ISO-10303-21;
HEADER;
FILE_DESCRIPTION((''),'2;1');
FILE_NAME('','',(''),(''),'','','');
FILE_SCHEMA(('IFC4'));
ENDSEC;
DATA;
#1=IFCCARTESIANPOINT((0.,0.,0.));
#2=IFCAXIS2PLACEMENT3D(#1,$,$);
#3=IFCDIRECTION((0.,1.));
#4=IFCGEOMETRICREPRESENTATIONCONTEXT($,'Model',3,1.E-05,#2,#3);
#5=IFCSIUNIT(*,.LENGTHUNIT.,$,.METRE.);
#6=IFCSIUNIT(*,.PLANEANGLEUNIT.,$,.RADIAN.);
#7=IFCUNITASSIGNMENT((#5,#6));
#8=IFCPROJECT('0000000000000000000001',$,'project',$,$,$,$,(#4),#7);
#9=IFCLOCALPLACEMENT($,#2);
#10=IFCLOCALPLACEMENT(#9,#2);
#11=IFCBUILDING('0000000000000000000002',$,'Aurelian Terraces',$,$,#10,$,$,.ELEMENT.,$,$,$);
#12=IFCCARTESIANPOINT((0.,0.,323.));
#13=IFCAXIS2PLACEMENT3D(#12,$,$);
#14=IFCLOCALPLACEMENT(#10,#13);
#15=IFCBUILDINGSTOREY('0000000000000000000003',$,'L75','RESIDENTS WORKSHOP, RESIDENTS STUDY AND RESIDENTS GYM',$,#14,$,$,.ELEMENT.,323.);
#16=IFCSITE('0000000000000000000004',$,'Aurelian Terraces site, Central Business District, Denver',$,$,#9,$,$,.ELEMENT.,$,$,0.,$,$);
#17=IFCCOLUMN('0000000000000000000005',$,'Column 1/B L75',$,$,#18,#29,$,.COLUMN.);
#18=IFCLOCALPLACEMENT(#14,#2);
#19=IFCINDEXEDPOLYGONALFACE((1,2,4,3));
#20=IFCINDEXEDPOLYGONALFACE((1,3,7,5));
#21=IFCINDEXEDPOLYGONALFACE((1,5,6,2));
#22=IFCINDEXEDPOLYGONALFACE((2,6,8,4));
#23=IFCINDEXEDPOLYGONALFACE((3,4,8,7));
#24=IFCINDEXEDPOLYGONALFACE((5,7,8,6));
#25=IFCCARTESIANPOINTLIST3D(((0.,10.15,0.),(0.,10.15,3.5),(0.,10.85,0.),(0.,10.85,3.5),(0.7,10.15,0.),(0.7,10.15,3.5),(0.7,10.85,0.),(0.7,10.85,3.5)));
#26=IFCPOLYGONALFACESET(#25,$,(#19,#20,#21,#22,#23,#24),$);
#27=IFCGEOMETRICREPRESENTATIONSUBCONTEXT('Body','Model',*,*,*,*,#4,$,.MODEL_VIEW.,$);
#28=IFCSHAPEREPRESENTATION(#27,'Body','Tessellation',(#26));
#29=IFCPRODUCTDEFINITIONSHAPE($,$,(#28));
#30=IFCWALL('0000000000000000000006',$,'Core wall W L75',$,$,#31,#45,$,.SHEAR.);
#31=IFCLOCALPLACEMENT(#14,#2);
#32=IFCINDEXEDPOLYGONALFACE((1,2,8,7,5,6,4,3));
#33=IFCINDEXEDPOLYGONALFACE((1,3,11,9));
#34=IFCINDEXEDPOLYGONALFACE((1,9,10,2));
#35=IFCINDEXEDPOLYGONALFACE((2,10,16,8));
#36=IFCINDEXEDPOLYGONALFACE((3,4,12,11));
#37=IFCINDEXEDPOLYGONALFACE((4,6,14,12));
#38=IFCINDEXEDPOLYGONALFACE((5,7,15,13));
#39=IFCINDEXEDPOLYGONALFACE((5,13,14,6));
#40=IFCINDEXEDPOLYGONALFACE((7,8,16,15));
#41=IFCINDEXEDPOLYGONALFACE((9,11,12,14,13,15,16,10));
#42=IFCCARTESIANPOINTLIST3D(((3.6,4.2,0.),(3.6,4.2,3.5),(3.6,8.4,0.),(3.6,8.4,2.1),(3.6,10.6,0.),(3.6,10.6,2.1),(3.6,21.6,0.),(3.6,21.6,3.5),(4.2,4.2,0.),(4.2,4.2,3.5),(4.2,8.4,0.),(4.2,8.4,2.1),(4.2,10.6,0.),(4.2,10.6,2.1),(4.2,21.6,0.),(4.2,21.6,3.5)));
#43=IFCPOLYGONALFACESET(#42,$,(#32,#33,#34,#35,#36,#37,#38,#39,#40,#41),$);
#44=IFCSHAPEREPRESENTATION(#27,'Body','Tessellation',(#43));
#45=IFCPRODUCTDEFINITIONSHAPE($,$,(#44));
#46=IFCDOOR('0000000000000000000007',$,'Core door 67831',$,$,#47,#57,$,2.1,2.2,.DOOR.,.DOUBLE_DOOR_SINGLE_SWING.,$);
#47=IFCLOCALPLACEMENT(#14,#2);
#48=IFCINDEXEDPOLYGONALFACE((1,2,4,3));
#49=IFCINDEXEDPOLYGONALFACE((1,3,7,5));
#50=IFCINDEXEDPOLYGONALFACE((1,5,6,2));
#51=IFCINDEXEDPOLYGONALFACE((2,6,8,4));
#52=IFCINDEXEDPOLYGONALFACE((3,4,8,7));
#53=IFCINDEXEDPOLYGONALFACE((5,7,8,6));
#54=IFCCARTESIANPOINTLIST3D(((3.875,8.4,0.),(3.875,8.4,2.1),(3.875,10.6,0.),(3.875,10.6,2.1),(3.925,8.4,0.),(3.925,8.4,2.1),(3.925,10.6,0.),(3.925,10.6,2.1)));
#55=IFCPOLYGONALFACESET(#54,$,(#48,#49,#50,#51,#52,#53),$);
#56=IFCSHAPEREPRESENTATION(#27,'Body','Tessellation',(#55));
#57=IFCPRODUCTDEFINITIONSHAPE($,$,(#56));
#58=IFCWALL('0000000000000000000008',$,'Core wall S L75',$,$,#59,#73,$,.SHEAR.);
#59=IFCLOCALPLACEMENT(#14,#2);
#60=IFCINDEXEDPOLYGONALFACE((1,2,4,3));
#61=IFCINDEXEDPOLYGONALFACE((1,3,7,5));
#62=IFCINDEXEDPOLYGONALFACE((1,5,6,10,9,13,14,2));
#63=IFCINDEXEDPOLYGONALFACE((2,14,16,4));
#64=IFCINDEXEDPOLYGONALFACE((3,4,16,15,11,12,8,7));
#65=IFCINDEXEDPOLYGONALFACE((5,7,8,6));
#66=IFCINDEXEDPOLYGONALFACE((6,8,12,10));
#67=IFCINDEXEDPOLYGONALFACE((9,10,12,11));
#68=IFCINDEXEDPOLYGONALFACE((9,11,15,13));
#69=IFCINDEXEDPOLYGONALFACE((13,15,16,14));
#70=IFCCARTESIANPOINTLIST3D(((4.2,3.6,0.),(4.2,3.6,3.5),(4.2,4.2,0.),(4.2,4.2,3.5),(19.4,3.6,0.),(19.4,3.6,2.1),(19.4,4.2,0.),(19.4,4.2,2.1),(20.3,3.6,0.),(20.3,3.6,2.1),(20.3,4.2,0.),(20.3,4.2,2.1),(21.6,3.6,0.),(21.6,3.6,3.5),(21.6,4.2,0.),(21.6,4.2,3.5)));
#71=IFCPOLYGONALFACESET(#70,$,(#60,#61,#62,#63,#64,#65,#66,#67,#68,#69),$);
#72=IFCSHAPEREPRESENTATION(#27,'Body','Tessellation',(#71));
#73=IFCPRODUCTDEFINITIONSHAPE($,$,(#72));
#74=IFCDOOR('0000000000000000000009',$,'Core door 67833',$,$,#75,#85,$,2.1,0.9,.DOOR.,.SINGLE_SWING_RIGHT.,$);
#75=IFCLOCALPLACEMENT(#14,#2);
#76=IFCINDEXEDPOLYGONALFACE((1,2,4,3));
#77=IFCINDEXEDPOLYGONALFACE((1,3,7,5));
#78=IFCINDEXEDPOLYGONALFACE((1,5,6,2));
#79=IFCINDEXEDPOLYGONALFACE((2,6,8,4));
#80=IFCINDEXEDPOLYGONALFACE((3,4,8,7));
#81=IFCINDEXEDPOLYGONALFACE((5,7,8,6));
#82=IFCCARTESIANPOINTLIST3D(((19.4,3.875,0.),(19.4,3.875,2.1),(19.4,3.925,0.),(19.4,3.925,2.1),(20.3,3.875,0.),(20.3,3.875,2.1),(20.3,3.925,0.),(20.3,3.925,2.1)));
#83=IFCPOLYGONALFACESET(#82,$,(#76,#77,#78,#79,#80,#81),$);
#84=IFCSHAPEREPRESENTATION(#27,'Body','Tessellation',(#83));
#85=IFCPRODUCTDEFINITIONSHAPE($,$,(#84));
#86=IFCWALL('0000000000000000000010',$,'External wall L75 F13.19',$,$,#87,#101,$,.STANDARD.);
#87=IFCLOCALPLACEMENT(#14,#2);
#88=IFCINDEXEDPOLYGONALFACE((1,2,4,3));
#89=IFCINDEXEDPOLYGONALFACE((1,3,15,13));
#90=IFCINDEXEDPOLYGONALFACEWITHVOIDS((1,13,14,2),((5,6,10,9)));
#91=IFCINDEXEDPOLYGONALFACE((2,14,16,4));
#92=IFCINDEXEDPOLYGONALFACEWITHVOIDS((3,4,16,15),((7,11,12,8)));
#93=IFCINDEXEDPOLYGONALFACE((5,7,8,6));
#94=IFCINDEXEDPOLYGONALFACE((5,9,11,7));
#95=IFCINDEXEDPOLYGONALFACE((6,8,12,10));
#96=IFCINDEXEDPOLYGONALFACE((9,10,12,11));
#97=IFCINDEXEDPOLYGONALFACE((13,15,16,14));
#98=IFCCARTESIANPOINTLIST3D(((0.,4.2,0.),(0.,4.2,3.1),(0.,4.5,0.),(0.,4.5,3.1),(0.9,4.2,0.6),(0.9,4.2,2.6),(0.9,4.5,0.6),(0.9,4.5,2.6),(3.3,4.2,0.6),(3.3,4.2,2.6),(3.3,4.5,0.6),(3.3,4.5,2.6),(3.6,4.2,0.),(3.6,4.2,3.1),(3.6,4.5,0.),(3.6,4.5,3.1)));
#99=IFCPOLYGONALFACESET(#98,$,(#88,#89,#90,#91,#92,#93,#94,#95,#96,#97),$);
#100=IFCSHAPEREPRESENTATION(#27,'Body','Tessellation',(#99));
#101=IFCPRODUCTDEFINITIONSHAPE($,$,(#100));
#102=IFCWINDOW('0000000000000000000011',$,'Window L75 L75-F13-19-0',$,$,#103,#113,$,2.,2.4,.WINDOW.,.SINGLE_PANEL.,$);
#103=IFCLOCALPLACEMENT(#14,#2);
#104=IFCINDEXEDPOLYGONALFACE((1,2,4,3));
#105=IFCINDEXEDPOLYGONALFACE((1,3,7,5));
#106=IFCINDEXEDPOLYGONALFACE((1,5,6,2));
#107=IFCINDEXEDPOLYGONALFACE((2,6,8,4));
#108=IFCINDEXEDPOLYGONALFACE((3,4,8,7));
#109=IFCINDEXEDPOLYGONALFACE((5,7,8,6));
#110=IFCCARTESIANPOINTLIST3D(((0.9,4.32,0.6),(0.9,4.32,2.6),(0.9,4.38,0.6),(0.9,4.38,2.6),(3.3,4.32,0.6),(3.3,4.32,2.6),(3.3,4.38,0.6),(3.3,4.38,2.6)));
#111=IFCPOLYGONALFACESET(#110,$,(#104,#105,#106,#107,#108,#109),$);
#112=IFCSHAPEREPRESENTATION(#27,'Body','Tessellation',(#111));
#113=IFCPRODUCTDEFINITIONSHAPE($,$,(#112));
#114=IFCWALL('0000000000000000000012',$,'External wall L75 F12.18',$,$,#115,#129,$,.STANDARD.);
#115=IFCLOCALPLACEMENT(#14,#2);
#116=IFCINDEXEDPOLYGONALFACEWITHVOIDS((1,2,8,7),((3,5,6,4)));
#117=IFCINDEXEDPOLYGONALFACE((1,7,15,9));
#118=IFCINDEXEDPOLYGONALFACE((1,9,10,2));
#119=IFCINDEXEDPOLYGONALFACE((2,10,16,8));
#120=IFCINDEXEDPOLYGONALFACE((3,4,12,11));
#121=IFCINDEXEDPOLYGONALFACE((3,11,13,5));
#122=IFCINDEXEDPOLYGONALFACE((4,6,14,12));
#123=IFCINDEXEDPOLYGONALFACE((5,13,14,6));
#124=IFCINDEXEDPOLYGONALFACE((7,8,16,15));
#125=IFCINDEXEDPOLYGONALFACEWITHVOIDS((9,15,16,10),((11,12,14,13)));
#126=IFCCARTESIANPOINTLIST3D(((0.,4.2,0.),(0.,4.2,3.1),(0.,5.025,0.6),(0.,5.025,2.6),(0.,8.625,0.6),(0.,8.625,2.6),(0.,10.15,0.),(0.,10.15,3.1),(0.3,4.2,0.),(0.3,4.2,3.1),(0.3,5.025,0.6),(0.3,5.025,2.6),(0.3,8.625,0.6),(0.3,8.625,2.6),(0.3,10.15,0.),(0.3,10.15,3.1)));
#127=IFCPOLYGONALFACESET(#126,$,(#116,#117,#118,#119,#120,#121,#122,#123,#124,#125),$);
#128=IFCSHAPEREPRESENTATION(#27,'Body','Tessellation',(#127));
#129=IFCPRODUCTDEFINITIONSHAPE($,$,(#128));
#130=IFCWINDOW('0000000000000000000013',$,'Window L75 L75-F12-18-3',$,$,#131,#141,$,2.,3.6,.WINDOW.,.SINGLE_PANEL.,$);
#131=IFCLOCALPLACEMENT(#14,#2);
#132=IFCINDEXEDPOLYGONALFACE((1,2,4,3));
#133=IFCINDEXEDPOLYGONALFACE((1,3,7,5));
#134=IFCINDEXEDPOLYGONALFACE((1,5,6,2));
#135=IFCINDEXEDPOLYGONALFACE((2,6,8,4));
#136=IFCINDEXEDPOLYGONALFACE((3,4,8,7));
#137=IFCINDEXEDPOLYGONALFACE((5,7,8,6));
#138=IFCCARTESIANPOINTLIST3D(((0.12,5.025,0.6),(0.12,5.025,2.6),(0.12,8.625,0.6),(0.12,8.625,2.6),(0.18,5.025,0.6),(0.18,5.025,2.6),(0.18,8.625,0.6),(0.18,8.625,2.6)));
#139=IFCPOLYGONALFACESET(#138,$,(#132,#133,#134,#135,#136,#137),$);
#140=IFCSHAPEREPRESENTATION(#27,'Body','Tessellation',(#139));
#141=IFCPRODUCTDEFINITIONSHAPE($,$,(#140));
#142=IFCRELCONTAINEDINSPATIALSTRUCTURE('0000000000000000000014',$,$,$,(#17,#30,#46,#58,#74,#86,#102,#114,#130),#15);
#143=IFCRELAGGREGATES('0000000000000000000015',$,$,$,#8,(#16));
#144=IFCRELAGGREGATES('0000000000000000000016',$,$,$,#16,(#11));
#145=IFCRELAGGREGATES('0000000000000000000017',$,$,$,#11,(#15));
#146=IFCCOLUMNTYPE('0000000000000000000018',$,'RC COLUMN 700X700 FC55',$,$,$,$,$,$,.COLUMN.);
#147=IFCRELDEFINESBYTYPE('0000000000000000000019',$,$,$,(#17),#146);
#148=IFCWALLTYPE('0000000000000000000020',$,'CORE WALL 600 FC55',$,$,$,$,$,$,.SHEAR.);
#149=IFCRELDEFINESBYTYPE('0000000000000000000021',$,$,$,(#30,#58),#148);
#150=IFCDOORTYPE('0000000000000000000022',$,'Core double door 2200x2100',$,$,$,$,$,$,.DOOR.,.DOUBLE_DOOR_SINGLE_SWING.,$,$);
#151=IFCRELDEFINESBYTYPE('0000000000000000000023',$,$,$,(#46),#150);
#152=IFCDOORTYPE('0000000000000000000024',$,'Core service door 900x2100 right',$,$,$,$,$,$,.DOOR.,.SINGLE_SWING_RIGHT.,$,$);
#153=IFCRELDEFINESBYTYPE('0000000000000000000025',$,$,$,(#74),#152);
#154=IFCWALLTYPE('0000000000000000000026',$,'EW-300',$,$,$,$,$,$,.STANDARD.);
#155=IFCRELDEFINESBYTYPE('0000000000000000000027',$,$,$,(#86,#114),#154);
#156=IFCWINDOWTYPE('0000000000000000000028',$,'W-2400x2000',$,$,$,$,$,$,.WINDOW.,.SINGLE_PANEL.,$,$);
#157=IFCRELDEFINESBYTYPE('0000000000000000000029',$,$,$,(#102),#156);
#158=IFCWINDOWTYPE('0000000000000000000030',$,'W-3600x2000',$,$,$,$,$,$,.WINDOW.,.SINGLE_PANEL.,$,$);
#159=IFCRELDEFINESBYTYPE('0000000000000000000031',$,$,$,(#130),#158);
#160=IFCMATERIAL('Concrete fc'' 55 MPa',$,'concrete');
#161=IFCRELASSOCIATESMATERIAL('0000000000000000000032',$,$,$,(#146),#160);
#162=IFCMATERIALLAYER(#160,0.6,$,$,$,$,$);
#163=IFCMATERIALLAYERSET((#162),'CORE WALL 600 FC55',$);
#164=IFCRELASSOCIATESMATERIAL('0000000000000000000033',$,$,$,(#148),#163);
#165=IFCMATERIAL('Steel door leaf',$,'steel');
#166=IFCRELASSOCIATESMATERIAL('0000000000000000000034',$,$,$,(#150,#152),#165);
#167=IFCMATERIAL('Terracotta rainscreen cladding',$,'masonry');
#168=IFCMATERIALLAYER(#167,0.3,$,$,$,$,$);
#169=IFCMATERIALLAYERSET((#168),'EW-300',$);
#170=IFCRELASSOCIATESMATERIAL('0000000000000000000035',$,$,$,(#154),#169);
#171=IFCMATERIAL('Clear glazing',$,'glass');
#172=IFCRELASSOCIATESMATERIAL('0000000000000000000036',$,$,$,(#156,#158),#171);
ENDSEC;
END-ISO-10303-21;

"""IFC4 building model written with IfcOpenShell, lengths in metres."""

from ifc_helpers import new_model, si_unit, direction, frame, frame_2d, origin, origin_2d, place, context, subcontext, project, spatial, rectangle, extrude, source, transform, mapped, material, layer, layer_set, material_profile, profile_set, type_object, element, fill, save


model = new_model("IFC4")

# Units and contexts
model_context = context("Model", 3, precision=1e-05, world=origin(), true_north=direction((0.0, 1.0)))
body_context = subcontext(model_context, "Body", "Model", "MODEL_VIEW")
ifc_project = project(units=[si_unit("LENGTHUNIT", "METRE"), si_unit("PLANEANGLEUNIT", "RADIAN")], contexts=[model_context])

# Site, building, storey
site_placement = place(None, origin())
site = spatial("IfcSite", under=ifc_project, at=site_placement, Name="Aurelian Terraces site, Central Business District, Denver", CompositionType="ELEMENT", RefElevation=0.0)
building_placement = place(site_placement, origin())
building = spatial("IfcBuilding", under=site, at=building_placement, Name="Aurelian Terraces", CompositionType="ELEMENT")
storey_placement = place(building_placement, frame((0.0, 0.0, 323.0)))
storey = spatial("IfcBuildingStorey", under=building, at=storey_placement, Name="L75", Description="RESIDENTS WORKSHOP, RESIDENTS STUDY AND RESIDENTS GYM", CompositionType="ELEMENT", Elevation=323.0)

# Column
ifc_material_1 = material(Name="Concrete fc' 55 MPa", Category="concrete")
ifc_material_profile = material_profile(ifc_material_1, rectangle(XDim=0.7, YDim=0.7, at=origin_2d()))
ifc_profile_set = profile_set([ifc_material_profile], Name="Concrete fc' 55 MPa")
column_type = type_object("IfcColumnType", Name="RC COLUMN 700X700 FC55", PredefinedType="COLUMN", material=ifc_profile_set)
shared_shape_1 = source(origin(), body_context, "Body", "SweptSolid", [
    extrude(rectangle(XDim=0.7, YDim=0.7, at=origin_2d()), origin(), (0.0, 0.0, 1.0), 3.5),
])
column_placement = place(storey_placement, frame((0.35, 10.5, 0.0), z_axis=(0.0, 0.0, 1.0), x_axis=(1.0, 0.0, 0.0)))
element("IfcColumn", 1, at=column_placement, inside=storey, type_object=column_type, Name="Column 1/B L75", PredefinedType="COLUMN", context=body_context, shape_type="MappedRepresentation", body=[
    mapped(shared_shape_1, transform((0.0, 0.0, 0.0), scale=1.0)),
])

# Walls, openings, doors
ifc_layer_1 = layer(ifc_material_1, 0.6)
ifc_layer_set_1 = layer_set([ifc_layer_1], Name="CORE WALL 600 FC55")
wall_type_1 = type_object("IfcWallType", Name="CORE WALL 600 FC55", PredefinedType="SHEAR", material=ifc_layer_set_1)
shared_shape_2 = source(origin(), body_context, "Body", "SweptSolid", [
    extrude(rectangle(XDim=17.4, YDim=0.6, at=frame_2d((8.7, 0.0))), origin(), (0.0, 0.0, 1.0), 3.5),
])
wall_1_placement = place(storey_placement, frame((3.9, 4.2, 0.0), z_axis=(0.0, 0.0, 1.0), x_axis=(0.0, 1.0, 0.0)))
wall_1 = element("IfcWall", 2, at=wall_1_placement, inside=storey, type_object=wall_type_1, Name="Core wall W L75", PredefinedType="SHEAR", context=body_context, shape_type="MappedRepresentation", body=[
    mapped(shared_shape_2, transform((0.0, 0.0, 0.0), scale=1.0)),
])
shared_shape_3 = source(origin(), body_context, "Body", "SweptSolid", [
    extrude(rectangle(XDim=2.2, YDim=2.1, at=frame_2d((1.1, 1.05))), frame((0.0, 0.31, 0.0), z_axis=(0.0, -1.0, 0.0), x_axis=(1.0, 0.0, 0.0)), (0.0, 0.0, 1.0), 0.62),
])
opening_1_placement = place(wall_1_placement, frame((4.2, 0.0, 0.0)))
opening_1 = element("IfcOpeningElement", 3, at=opening_1_placement, cuts=wall_1, PredefinedType="OPENING", context=body_context, shape_type="MappedRepresentation", body=[
    mapped(shared_shape_3, transform((0.0, 0.0, 0.0), scale=1.0)),
])
ifc_material_2 = material(Name="Steel door leaf", Category="steel")
door_type_1 = type_object("IfcDoorType", Name="Core double door 2200x2100", OperationType="DOUBLE_DOOR_SINGLE_SWING", PredefinedType="DOOR", material=ifc_material_2)
shared_shape_4 = source(origin(), body_context, "Body", "SweptSolid", [
    extrude(rectangle(XDim=2.2, YDim=2.1, at=frame_2d((1.1, 1.05))), frame((0.0, 0.025, 0.0), z_axis=(0.0, -1.0, 0.0), x_axis=(1.0, 0.0, 0.0)), (0.0, 0.0, 1.0), 0.05),
])
door_1_placement = place(opening_1_placement, origin())
door_1 = element("IfcDoor", 4, at=door_1_placement, inside=storey, type_object=door_type_1, Name="Core door 67831", OperationType="DOUBLE_DOOR_SINGLE_SWING", OverallHeight=2.1, OverallWidth=2.2, PredefinedType="DOOR", context=body_context, shape_type="MappedRepresentation", body=[
    mapped(shared_shape_4, transform((0.0, 0.0, 0.0), scale=1.0)),
])
fill(opening_1, door_1)
wall_2_placement = place(storey_placement, frame((4.2, 3.9, 0.0), z_axis=(0.0, 0.0, 1.0), x_axis=(1.0, 0.0, 0.0)))
wall_2 = element("IfcWall", 5, at=wall_2_placement, inside=storey, type_object=wall_type_1, Name="Core wall S L75", PredefinedType="SHEAR", context=body_context, shape_type="MappedRepresentation", body=[
    mapped(shared_shape_2, transform((0.0, 0.0, 0.0), scale=1.0)),
])
shared_shape_5 = source(origin(), body_context, "Body", "SweptSolid", [
    extrude(rectangle(XDim=0.9, YDim=2.1, at=frame_2d((0.45, 1.05))), frame((0.0, 0.31, 0.0), z_axis=(0.0, -1.0, 0.0), x_axis=(1.0, 0.0, 0.0)), (0.0, 0.0, 1.0), 0.62),
])
opening_2_placement = place(wall_2_placement, frame((15.2, 0.0, 0.0)))
opening_2 = element("IfcOpeningElement", 6, at=opening_2_placement, cuts=wall_2, PredefinedType="OPENING", context=body_context, shape_type="MappedRepresentation", body=[
    mapped(shared_shape_5, transform((0.0, 0.0, 0.0), scale=1.0)),
])
door_type_2 = type_object("IfcDoorType", Name="Core service door 900x2100 right", OperationType="SINGLE_SWING_RIGHT", PredefinedType="DOOR", material=ifc_material_2)
shared_shape_6 = source(origin(), body_context, "Body", "SweptSolid", [
    extrude(rectangle(XDim=0.9, YDim=2.1, at=frame_2d((0.45, 1.05))), frame((0.0, 0.025, 0.0), z_axis=(0.0, -1.0, 0.0), x_axis=(1.0, 0.0, 0.0)), (0.0, 0.0, 1.0), 0.05),
])
door_2_placement = place(opening_2_placement, origin())
door_2 = element("IfcDoor", 7, at=door_2_placement, inside=storey, type_object=door_type_2, Name="Core door 67833", OperationType="SINGLE_SWING_RIGHT", OverallHeight=2.1, OverallWidth=0.9, PredefinedType="DOOR", context=body_context, shape_type="MappedRepresentation", body=[
    mapped(shared_shape_6, transform((0.0, 0.0, 0.0), scale=1.0)),
])
fill(opening_2, door_2)

# Walls, openings, windows
ifc_material_3 = material(Name="Terracotta rainscreen cladding", Category="masonry")
ifc_layer_2 = layer(ifc_material_3, 0.3)
ifc_layer_set_2 = layer_set([ifc_layer_2], Name="EW-300")
wall_type_2 = type_object("IfcWallType", Name="EW-300", PredefinedType="STANDARD", material=ifc_layer_set_2)
shared_shape_7 = source(origin(), body_context, "Body", "SweptSolid", [
    extrude(rectangle(XDim=3.6, YDim=0.3, at=frame_2d((1.8, 0.0))), origin(), (0.0, 0.0, 1.0), 3.1),
])
wall_3_placement = place(storey_placement, frame((0.0, 4.35, 0.0), z_axis=(0.0, 0.0, 1.0), x_axis=(1.0, 0.0, 0.0)))
wall_3 = element("IfcWall", 8, at=wall_3_placement, inside=storey, type_object=wall_type_2, Name="External wall L75 F13.19", PredefinedType="STANDARD", context=body_context, shape_type="MappedRepresentation", body=[
    mapped(shared_shape_7, transform((0.0, 0.0, 0.0), scale=1.0)),
])
shared_shape_8 = source(origin(), body_context, "Body", "SweptSolid", [
    extrude(rectangle(XDim=2.4, YDim=2.0, at=frame_2d((1.2, 1.0))), frame((0.0, 0.16, 0.0), z_axis=(0.0, -1.0, 0.0), x_axis=(1.0, 0.0, 0.0)), (0.0, 0.0, 1.0), 0.32),
])
opening_3_placement = place(wall_3_placement, frame((0.9, 0.0, 0.6)))
opening_3 = element("IfcOpeningElement", 9, at=opening_3_placement, cuts=wall_3, PredefinedType="OPENING", context=body_context, shape_type="MappedRepresentation", body=[
    mapped(shared_shape_8, transform((0.0, 0.0, 0.0), scale=1.0)),
])
ifc_material_4 = material(Name="Clear glazing", Category="glass")
window_type_1 = type_object("IfcWindowType", Name="W-2400x2000", PartitioningType="SINGLE_PANEL", PredefinedType="WINDOW", material=ifc_material_4)
shared_shape_9 = source(origin(), body_context, "Body", "SweptSolid", [
    extrude(rectangle(XDim=2.4, YDim=2.0, at=frame_2d((1.2, 1.0))), frame((0.0, 0.03, 0.0), z_axis=(0.0, -1.0, 0.0), x_axis=(1.0, 0.0, 0.0)), (0.0, 0.0, 1.0), 0.06),
])
window_1_placement = place(opening_3_placement, origin())
window_1 = element("IfcWindow", 10, at=window_1_placement, inside=storey, type_object=window_type_1, Name="Window L75 L75-F13-19-0", OverallHeight=2.0, OverallWidth=2.4, PartitioningType="SINGLE_PANEL", PredefinedType="WINDOW", context=body_context, shape_type="MappedRepresentation", body=[
    mapped(shared_shape_9, transform((0.0, 0.0, 0.0), scale=1.0)),
])
fill(opening_3, window_1)
shared_shape_10 = source(origin(), body_context, "Body", "SweptSolid", [
    extrude(rectangle(XDim=5.95, YDim=0.3, at=frame_2d((2.975, 0.0))), origin(), (0.0, 0.0, 1.0), 3.1),
])
wall_4_placement = place(storey_placement, frame((0.15, 10.15, 0.0), z_axis=(0.0, 0.0, 1.0), x_axis=(0.0, -1.0, 0.0)))
wall_4 = element("IfcWall", 11, at=wall_4_placement, inside=storey, type_object=wall_type_2, Name="External wall L75 F12.18", PredefinedType="STANDARD", context=body_context, shape_type="MappedRepresentation", body=[
    mapped(shared_shape_10, transform((0.0, 0.0, 0.0), scale=1.0)),
])
shared_shape_11 = source(origin(), body_context, "Body", "SweptSolid", [
    extrude(rectangle(XDim=3.6, YDim=2.0, at=frame_2d((1.8, 1.0))), frame((0.0, 0.16, 0.0), z_axis=(0.0, -1.0, 0.0), x_axis=(1.0, 0.0, 0.0)), (0.0, 0.0, 1.0), 0.32),
])
opening_4_placement = place(wall_4_placement, frame((1.525, 0.0, 0.6)))
opening_4 = element("IfcOpeningElement", 12, at=opening_4_placement, cuts=wall_4, PredefinedType="OPENING", context=body_context, shape_type="MappedRepresentation", body=[
    mapped(shared_shape_11, transform((0.0, 0.0, 0.0), scale=1.0)),
])
window_type_2 = type_object("IfcWindowType", Name="W-3600x2000", PartitioningType="SINGLE_PANEL", PredefinedType="WINDOW", material=ifc_material_4)
shared_shape_12 = source(origin(), body_context, "Body", "SweptSolid", [
    extrude(rectangle(XDim=3.6, YDim=2.0, at=frame_2d((1.8, 1.0))), frame((0.0, 0.03, 0.0), z_axis=(0.0, -1.0, 0.0), x_axis=(1.0, 0.0, 0.0)), (0.0, 0.0, 1.0), 0.06),
])
window_2_placement = place(opening_4_placement, origin())
window_2 = element("IfcWindow", 13, at=window_2_placement, inside=storey, type_object=window_type_2, Name="Window L75 L75-F12-18-3", OverallHeight=2.0, OverallWidth=3.6, PartitioningType="SINGLE_PANEL", PredefinedType="WINDOW", context=body_context, shape_type="MappedRepresentation", body=[
    mapped(shared_shape_12, transform((0.0, 0.0, 0.0), scale=1.0)),
])
fill(opening_4, window_2)

save(model, "model.ifc")
